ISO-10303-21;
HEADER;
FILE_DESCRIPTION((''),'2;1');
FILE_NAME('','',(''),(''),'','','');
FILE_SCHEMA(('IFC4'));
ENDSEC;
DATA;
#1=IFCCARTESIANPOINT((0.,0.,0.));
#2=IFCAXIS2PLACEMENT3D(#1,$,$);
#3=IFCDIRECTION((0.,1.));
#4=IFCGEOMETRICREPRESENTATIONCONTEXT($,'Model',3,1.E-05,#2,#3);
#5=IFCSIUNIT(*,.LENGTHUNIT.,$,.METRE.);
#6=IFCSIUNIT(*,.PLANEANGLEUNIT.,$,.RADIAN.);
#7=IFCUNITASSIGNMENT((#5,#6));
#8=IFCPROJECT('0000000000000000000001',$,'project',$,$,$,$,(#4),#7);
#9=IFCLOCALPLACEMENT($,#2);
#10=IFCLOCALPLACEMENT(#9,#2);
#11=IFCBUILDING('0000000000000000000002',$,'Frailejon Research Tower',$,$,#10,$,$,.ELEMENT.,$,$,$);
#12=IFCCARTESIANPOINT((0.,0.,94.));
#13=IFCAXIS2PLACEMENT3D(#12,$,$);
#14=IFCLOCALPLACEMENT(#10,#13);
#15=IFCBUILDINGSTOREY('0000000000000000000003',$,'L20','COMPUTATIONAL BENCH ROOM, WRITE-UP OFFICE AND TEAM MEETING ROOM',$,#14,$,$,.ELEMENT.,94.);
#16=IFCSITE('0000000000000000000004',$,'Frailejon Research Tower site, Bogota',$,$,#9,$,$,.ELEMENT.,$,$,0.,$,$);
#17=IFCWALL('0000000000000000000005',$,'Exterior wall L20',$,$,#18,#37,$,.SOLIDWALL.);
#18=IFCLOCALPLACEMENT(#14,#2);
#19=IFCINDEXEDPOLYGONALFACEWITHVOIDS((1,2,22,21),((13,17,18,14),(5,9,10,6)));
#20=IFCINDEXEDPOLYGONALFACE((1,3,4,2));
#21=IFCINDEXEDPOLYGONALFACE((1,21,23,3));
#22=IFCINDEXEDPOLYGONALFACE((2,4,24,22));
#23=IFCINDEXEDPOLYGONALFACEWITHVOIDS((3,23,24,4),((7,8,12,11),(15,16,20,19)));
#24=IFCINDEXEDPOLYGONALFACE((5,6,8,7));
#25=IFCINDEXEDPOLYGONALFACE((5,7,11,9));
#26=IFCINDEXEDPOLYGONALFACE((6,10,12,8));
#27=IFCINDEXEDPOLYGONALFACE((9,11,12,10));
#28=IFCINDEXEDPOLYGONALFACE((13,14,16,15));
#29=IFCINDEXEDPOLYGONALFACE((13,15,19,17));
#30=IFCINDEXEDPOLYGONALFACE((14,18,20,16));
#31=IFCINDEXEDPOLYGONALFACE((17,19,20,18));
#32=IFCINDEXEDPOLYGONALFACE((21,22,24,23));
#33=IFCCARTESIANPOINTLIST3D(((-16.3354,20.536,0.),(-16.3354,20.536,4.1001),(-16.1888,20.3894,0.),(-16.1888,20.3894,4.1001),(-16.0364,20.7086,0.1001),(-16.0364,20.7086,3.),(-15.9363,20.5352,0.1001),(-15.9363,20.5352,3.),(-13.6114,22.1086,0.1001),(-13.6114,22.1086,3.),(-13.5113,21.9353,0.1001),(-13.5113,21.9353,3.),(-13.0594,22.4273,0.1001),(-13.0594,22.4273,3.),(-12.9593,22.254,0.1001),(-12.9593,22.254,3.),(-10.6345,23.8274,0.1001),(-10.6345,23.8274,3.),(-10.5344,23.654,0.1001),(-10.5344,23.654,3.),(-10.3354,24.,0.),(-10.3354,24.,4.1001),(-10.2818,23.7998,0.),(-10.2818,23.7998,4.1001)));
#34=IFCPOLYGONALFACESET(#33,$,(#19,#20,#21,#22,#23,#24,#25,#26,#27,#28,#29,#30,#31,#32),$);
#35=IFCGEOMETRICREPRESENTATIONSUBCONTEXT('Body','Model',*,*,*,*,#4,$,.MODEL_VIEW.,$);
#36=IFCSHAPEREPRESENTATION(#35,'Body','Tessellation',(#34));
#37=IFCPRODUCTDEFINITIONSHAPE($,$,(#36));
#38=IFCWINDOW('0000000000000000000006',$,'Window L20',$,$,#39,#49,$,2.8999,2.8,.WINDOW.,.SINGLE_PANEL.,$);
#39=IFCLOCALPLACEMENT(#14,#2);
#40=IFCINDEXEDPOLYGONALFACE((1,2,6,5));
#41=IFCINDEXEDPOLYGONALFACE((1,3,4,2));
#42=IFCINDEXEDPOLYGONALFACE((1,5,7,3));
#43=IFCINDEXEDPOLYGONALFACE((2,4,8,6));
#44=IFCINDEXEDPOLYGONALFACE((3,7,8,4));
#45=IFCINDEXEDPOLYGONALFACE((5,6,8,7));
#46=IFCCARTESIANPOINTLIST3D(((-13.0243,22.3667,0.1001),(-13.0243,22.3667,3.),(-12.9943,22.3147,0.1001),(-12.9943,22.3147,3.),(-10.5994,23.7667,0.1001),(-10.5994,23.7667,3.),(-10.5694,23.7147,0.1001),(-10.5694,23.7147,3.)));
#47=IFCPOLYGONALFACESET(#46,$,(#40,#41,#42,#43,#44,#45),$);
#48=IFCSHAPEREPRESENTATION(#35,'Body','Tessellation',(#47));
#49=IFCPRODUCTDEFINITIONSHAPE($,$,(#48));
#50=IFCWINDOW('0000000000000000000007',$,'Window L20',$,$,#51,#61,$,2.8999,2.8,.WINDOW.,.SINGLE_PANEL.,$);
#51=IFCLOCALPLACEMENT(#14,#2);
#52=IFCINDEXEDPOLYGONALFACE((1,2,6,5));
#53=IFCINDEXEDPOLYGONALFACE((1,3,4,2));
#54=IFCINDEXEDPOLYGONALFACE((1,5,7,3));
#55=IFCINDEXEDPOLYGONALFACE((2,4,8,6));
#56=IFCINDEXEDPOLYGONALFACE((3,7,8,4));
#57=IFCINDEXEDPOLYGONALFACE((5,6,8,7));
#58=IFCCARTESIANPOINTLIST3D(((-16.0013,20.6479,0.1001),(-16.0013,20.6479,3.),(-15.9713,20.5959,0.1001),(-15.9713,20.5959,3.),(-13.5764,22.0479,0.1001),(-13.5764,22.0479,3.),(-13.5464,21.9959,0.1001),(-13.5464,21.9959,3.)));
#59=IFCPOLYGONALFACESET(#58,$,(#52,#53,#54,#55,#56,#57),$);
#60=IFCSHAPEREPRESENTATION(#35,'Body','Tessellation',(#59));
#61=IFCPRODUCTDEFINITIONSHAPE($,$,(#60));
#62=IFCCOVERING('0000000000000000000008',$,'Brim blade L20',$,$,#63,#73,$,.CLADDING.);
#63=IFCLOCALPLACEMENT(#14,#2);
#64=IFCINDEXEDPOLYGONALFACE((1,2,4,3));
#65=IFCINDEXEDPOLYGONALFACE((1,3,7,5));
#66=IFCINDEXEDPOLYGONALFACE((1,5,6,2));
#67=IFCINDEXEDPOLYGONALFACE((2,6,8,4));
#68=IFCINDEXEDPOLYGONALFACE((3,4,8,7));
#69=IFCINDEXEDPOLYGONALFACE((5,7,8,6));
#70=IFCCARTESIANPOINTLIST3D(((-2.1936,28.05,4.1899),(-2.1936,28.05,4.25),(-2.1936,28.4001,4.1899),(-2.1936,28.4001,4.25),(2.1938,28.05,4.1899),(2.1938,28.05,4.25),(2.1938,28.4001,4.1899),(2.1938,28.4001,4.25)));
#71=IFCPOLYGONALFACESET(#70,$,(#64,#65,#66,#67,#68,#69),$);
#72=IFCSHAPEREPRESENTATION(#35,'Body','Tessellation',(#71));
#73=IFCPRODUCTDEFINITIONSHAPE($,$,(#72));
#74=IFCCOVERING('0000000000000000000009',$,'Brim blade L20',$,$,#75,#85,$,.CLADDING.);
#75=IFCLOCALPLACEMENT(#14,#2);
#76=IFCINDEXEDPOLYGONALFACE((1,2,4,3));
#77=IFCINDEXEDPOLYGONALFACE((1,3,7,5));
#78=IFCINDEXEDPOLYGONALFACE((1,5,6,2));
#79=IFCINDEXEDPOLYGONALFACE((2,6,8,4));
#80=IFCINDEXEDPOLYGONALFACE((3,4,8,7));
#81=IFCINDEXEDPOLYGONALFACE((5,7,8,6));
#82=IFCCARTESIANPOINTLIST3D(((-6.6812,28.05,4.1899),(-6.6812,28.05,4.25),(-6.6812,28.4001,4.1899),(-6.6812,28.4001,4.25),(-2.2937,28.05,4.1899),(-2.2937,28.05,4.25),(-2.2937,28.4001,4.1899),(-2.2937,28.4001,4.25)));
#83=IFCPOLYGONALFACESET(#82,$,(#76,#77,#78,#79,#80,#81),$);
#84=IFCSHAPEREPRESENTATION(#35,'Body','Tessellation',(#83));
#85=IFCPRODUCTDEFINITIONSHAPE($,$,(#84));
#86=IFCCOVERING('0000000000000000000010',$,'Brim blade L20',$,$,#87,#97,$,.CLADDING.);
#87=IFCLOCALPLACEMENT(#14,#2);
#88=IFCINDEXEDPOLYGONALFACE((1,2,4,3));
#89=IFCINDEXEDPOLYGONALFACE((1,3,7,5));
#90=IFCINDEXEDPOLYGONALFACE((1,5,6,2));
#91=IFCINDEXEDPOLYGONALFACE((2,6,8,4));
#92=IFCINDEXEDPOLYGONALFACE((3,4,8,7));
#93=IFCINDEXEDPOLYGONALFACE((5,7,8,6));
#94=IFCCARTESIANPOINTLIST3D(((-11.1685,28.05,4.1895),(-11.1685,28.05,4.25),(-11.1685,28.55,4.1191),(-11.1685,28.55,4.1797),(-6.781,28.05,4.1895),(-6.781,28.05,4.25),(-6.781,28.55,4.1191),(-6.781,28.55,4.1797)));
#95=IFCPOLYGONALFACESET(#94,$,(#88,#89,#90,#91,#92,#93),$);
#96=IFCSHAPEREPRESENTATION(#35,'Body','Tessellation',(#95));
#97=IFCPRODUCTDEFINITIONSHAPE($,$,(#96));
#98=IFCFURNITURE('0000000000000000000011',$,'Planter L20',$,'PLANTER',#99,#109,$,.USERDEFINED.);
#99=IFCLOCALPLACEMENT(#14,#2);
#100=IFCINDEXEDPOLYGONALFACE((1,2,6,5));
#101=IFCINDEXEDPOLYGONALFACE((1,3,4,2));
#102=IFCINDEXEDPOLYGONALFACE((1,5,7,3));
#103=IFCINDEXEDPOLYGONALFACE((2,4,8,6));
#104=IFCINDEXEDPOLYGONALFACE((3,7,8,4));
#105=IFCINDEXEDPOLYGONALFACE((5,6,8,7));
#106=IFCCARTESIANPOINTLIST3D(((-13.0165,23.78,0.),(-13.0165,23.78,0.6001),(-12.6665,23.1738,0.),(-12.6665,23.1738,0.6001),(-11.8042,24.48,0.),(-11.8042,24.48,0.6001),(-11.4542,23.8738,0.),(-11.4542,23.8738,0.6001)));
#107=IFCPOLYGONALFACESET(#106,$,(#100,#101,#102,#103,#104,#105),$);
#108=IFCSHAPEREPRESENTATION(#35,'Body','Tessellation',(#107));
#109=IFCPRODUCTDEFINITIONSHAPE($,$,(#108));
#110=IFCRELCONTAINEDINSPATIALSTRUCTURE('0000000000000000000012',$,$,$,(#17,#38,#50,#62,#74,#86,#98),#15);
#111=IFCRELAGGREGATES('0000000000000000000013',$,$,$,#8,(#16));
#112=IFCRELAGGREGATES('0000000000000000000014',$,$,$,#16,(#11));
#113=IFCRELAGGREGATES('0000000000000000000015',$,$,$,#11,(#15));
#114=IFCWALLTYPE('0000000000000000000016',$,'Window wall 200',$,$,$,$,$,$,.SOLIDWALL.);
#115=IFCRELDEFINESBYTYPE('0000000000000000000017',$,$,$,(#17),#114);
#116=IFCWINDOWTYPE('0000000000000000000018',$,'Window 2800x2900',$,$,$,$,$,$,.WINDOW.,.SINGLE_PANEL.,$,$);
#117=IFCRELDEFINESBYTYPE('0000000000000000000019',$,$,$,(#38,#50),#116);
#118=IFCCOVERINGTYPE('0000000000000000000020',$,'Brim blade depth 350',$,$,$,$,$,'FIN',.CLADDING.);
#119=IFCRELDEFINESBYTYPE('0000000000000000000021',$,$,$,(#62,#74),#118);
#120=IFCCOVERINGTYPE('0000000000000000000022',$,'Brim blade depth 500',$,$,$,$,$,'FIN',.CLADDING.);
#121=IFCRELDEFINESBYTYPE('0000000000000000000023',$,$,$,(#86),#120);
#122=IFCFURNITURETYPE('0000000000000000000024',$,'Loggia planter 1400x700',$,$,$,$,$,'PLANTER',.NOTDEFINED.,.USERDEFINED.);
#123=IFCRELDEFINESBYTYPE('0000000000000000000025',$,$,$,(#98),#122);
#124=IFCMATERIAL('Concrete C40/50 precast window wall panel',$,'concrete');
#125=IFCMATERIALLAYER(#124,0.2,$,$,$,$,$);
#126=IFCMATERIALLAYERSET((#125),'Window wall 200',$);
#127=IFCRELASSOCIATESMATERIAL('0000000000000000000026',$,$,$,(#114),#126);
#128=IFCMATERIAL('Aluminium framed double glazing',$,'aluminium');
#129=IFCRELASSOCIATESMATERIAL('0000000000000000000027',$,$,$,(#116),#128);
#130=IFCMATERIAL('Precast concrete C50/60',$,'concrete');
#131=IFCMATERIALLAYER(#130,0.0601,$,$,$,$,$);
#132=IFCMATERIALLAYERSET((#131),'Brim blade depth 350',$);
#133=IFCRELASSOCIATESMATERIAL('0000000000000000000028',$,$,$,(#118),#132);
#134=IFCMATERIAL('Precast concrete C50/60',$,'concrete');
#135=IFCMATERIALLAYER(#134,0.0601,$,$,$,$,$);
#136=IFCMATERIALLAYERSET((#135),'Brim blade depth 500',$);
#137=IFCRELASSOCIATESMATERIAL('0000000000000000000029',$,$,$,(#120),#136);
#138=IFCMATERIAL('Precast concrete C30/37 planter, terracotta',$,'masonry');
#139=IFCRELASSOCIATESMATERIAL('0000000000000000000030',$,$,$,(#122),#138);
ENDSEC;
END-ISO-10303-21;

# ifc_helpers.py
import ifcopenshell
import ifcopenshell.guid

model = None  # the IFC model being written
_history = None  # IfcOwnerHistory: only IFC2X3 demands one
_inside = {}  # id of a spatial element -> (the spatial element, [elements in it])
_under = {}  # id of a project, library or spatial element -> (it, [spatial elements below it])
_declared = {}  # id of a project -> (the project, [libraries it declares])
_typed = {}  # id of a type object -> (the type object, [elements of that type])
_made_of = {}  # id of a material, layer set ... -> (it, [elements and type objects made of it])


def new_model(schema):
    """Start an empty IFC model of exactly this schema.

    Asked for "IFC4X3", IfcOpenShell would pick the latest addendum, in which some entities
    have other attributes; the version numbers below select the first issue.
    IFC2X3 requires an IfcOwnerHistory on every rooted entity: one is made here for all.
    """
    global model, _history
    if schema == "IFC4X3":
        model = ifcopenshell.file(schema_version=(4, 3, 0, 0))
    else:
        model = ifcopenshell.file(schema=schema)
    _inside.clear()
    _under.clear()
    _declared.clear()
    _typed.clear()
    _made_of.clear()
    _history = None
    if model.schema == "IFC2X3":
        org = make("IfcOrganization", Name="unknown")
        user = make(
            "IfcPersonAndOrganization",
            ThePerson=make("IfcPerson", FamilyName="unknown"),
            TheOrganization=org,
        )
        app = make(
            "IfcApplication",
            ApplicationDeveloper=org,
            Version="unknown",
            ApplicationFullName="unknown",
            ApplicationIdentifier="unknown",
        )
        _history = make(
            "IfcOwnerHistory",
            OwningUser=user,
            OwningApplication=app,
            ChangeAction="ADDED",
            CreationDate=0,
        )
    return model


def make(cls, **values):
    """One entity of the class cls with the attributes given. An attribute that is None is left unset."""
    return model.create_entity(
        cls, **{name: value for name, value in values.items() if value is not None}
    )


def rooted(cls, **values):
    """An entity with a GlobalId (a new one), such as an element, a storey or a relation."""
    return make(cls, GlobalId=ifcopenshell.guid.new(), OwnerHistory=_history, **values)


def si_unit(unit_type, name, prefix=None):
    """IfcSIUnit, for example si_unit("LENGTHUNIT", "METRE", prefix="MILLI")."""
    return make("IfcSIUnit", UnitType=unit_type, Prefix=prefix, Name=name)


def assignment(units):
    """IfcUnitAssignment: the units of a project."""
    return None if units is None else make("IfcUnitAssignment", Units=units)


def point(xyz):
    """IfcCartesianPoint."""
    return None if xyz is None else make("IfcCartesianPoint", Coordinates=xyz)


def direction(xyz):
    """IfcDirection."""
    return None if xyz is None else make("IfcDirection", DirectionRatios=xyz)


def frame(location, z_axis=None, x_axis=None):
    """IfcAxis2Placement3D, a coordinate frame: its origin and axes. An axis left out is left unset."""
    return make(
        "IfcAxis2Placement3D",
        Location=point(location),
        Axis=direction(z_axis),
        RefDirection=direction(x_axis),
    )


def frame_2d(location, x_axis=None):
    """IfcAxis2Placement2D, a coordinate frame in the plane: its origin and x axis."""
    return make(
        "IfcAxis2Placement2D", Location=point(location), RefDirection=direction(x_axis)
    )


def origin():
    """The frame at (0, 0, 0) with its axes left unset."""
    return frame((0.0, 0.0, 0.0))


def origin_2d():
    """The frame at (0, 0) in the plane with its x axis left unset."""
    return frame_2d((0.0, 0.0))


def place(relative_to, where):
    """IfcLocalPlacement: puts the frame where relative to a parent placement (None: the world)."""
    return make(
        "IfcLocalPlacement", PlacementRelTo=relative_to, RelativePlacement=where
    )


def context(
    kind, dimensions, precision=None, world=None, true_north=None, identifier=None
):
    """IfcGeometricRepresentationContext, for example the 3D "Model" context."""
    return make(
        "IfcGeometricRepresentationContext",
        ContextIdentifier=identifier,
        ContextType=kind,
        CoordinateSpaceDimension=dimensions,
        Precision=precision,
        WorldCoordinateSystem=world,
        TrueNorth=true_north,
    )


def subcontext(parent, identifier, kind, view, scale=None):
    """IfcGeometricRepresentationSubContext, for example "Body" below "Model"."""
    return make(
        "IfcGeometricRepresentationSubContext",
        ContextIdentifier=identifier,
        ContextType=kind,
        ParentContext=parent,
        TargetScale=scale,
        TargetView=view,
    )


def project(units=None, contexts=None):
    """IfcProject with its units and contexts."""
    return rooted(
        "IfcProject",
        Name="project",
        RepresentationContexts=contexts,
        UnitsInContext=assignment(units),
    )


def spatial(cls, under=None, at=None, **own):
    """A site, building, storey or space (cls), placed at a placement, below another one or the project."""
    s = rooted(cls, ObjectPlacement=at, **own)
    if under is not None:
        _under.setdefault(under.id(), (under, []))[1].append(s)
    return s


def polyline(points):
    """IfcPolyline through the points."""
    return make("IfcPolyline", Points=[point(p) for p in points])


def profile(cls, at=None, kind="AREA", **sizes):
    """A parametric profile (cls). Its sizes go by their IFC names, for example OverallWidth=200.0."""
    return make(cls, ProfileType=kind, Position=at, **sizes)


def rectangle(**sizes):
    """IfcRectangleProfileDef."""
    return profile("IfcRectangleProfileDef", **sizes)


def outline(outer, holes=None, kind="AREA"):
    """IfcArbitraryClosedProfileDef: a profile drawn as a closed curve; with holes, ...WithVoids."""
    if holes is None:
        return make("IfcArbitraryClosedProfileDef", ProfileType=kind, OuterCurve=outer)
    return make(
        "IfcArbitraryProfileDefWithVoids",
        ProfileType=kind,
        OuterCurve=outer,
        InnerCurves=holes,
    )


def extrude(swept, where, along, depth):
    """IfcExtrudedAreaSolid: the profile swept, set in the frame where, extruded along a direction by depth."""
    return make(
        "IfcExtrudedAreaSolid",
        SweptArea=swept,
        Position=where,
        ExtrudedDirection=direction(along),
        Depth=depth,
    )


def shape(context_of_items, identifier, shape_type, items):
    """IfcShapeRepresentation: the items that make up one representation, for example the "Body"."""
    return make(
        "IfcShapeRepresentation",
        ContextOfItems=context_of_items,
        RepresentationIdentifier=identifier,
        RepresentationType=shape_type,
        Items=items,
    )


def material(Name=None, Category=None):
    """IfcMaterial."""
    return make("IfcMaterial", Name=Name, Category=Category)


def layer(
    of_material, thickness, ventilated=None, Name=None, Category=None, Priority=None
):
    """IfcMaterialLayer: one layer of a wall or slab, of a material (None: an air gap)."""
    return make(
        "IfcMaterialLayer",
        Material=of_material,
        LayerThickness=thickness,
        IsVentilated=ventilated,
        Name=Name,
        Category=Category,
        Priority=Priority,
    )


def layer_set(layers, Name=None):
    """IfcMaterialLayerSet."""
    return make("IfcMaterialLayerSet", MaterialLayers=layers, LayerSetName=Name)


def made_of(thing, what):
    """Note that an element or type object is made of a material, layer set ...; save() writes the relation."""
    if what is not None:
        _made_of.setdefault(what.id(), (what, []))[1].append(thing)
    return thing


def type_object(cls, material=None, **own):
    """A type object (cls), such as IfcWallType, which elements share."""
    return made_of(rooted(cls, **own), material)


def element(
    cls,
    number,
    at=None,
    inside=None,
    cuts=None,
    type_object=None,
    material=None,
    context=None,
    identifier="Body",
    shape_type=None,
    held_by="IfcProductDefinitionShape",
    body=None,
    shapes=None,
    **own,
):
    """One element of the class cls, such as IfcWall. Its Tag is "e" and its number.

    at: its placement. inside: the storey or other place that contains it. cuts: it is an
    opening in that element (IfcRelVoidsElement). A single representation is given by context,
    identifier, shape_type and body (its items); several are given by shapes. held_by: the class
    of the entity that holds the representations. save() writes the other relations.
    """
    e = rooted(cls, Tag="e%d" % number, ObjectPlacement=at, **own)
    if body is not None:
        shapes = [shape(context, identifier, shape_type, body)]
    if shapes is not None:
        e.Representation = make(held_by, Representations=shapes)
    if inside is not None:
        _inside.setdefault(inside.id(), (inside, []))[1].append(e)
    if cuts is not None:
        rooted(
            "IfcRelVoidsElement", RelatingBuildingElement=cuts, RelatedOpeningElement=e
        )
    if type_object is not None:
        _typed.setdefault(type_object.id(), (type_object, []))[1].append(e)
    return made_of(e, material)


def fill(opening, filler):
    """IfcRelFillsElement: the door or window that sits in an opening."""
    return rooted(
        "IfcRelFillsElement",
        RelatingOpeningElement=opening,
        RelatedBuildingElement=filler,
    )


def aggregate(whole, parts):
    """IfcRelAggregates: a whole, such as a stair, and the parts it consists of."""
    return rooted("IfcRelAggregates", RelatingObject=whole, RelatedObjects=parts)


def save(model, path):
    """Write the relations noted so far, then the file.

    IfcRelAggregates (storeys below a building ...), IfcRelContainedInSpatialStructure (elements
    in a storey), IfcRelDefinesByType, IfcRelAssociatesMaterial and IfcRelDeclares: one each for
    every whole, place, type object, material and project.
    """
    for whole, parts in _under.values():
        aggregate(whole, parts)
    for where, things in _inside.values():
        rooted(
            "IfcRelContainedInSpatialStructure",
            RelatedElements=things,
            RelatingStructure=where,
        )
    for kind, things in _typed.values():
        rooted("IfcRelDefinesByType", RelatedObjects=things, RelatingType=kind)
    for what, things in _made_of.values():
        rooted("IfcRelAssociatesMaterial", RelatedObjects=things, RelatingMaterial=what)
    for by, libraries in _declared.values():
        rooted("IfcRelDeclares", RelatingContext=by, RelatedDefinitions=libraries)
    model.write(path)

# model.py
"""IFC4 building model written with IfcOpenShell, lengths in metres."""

from ifc_helpers import new_model, si_unit, direction, frame, frame_2d, origin, origin_2d, place, context, subcontext, project, spatial, polyline, rectangle, outline, extrude, material, layer, layer_set, type_object, element, fill, save


model = new_model("IFC4")

# Units and contexts
model_context = context("Model", 3, precision=1e-05, world=origin(), true_north=direction((0.0, 1.0)))
body_context = subcontext(model_context, "Body", "Model", "MODEL_VIEW")
ifc_project = project(units=[si_unit("LENGTHUNIT", "METRE"), si_unit("PLANEANGLEUNIT", "RADIAN")], contexts=[model_context])

# Site, building, storey
site_placement = place(None, origin())
site = spatial("IfcSite", under=ifc_project, at=site_placement, Name="Frailejon Research Tower site, Bogota", CompositionType="ELEMENT", RefElevation=0.0)
building_placement = place(site_placement, origin())
building = spatial("IfcBuilding", under=site, at=building_placement, Name="Frailejon Research Tower", CompositionType="ELEMENT")
storey_placement = place(building_placement, frame((0.0, 0.0, 94.0)))
storey = spatial("IfcBuildingStorey", under=building, at=storey_placement, Name="L20", Description="COMPUTATIONAL BENCH ROOM, WRITE-UP OFFICE AND TEAM MEETING ROOM", CompositionType="ELEMENT", Elevation=94.0)

# Wall, openings, windows
ifc_material_1 = material(Name="Concrete C40/50 precast window wall panel", Category="concrete")
ifc_layer_1 = layer(ifc_material_1, 0.2)
ifc_layer_set_1 = layer_set([ifc_layer_1], Name="Window wall 200")
wall_type_1 = type_object("IfcWallType", Name="Window wall 200", PredefinedType="SOLIDWALL", material=ifc_layer_set_1)
wall_1_placement = place(storey_placement, frame((-10.3086, 23.8999, 0.0), z_axis=(0.0, 0.0, 1.0), x_axis=(-0.866029, -0.499993, 0.0)))
wall_1 = element("IfcWall", 1, at=wall_1_placement, inside=storey, type_object=wall_type_1, Name="Exterior wall L20", PredefinedType="SOLIDWALL", context=body_context, shape_type="SweptSolid", body=[
    extrude(outline(polyline([(-0.0269, -0.1001), (1.1279, -0.1001), (2.2825, -0.1001), (3.4373, -0.1001), (4.592, -0.1001), (5.7466, -0.1001), (6.9014, -0.1001), (6.8477, 0.1001), (5.7109, 0.1001), (4.574, 0.1001), (3.4373, 0.1001), (2.3005, 0.1001), (1.1636, 0.1001), (0.0269, 0.1001), (-0.0269, -0.1001)])), origin(), (0.0, 0.0, 1.0), 4.1001),
])
opening_1_placement = place(wall_1_placement, frame((0.3186, 0.0, 0.1001)))
opening_1 = element("IfcOpeningElement", 2, at=opening_1_placement, cuts=wall_1, PredefinedType="OPENING", context=body_context, shape_type="SweptSolid", body=[
    extrude(rectangle(XDim=2.8, YDim=2.8999, at=frame_2d((1.3999, 1.45))), frame((0.0, 0.1099, 0.0), z_axis=(0.0, -1.0, 0.0), x_axis=(1.0, 0.0, 0.0)), (0.0, 0.0, 1.0), 0.22),
])
opening_2_placement = place(wall_1_placement, frame((3.7561, 0.0, 0.1001)))
opening_2 = element("IfcOpeningElement", 3, at=opening_2_placement, cuts=wall_1, PredefinedType="OPENING", context=body_context, shape_type="SweptSolid", body=[
    extrude(rectangle(XDim=2.8, YDim=2.8999, at=frame_2d((1.3999, 1.45))), frame((0.0, 0.1099, 0.0), z_axis=(0.0, -1.0, 0.0), x_axis=(1.0, 0.0, 0.0)), (0.0, 0.0, 1.0), 0.22),
])
ifc_material_2 = material(Name="Aluminium framed double glazing", Category="aluminium")
window_type = type_object("IfcWindowType", Name="Window 2800x2900", PartitioningType="SINGLE_PANEL", PredefinedType="WINDOW", material=ifc_material_2)
window_1_placement = place(opening_1_placement, origin())
window_1 = element("IfcWindow", 4, at=window_1_placement, inside=storey, type_object=window_type, Name="Window L20", OverallHeight=2.8999, OverallWidth=2.8, PartitioningType="SINGLE_PANEL", PredefinedType="WINDOW", context=body_context, shape_type="SweptSolid", body=[
    extrude(rectangle(XDim=2.8, YDim=2.8999, at=frame_2d((1.3999, 1.45))), frame((0.0, 0.03, 0.0), z_axis=(0.0, -1.0, 0.0), x_axis=(1.0, 0.0, 0.0)), (0.0, 0.0, 1.0), 0.0601),
])
fill(opening_1, window_1)
window_2_placement = place(opening_2_placement, origin())
window_2 = element("IfcWindow", 5, at=window_2_placement, inside=storey, type_object=window_type, Name="Window L20", OverallHeight=2.8999, OverallWidth=2.8, PartitioningType="SINGLE_PANEL", PredefinedType="WINDOW", context=body_context, shape_type="SweptSolid", body=[
    extrude(rectangle(XDim=2.8, YDim=2.8999, at=frame_2d((1.3999, 1.45))), frame((0.0, 0.03, 0.0), z_axis=(0.0, -1.0, 0.0), x_axis=(1.0, 0.0, 0.0)), (0.0, 0.0, 1.0), 0.0601),
])
fill(opening_2, window_2)

# Coverings
ifc_material_3 = material(Name="Precast concrete C50/60", Category="concrete")
ifc_layer_2 = layer(ifc_material_3, 0.0601)
ifc_layer_set_2 = layer_set([ifc_layer_2], Name="Brim blade depth 350")
covering_type_1 = type_object("IfcCoveringType", Name="Brim blade depth 350", ElementType="FIN", PredefinedType="CLADDING", material=ifc_layer_set_2)
for number, where, z_axis, x_axis, name in (
    (6, (-2.1936, 28.05, 4.25), (1.0, 0.0, 0.0), (0.0, 1.0, 0.0), "Brim blade L20"),
    (7, (-6.6812, 28.05, 4.25), (1.0, 0.0, 0.0), (0.0, 1.0, 0.0), "Brim blade L20"),
):
    element("IfcCovering", number, at=place(storey_placement, frame(where, z_axis=z_axis, x_axis=x_axis)), inside=storey, type_object=covering_type_1, Name=name, PredefinedType="CLADDING", context=body_context, shape_type="SweptSolid", body=[
        extrude(outline(polyline([(0.0, -0.0601), (0.3501, -0.0601), (0.3501, 0.0), (0.0, 0.0), (0.0, -0.0601)])), origin(), (0.0, 0.0, 1.0), 4.3875),
    ])
ifc_material_4 = material(Name="Precast concrete C50/60", Category="concrete")
ifc_layer_3 = layer(ifc_material_4, 0.0601)
ifc_layer_set_3 = layer_set([ifc_layer_3], Name="Brim blade depth 500")
covering_type_2 = type_object("IfcCoveringType", Name="Brim blade depth 500", ElementType="FIN", PredefinedType="CLADDING", material=ifc_layer_set_3)
covering_placement = place(storey_placement, frame((-11.1685, 28.05, 4.25), z_axis=(1.0, 0.0, 0.0), x_axis=(0.0, 1.0, 0.0)))
element("IfcCovering", 8, at=covering_placement, inside=storey, type_object=covering_type_2, Name="Brim blade L20", PredefinedType="CLADDING", context=body_context, shape_type="SweptSolid", body=[
    extrude(outline(polyline([(0.0, -0.0605), (0.5, -0.1309), (0.5, -0.0703), (0.0, 0.0), (0.0, -0.0605)])), origin(), (0.0, 0.0, 1.0), 4.3875),
])

# Furniture
ifc_material_5 = material(Name="Precast concrete C30/37 planter, terracotta", Category="masonry")
furniture_type = type_object("IfcFurnitureType", Name="Loggia planter 1400x700", ElementType="PLANTER", AssemblyPlace="NOTDEFINED", PredefinedType="USERDEFINED", material=ifc_material_5)
furniture_placement = place(storey_placement, frame((-12.2354, 23.8269, 0.0), z_axis=(0.0, 0.0, 1.0), x_axis=(-0.866025, -0.5, 0.0)))
element("IfcFurniture", 9, at=furniture_placement, inside=storey, type_object=furniture_type, Name="Planter L20", ObjectType="PLANTER", PredefinedType="USERDEFINED", context=body_context, shape_type="SweptSolid", body=[
    extrude(rectangle(XDim=1.3999, YDim=0.7, at=origin_2d()), origin(), (0.0, 0.0, 1.0), 0.6001),
])

save(model, "model.ifc")
